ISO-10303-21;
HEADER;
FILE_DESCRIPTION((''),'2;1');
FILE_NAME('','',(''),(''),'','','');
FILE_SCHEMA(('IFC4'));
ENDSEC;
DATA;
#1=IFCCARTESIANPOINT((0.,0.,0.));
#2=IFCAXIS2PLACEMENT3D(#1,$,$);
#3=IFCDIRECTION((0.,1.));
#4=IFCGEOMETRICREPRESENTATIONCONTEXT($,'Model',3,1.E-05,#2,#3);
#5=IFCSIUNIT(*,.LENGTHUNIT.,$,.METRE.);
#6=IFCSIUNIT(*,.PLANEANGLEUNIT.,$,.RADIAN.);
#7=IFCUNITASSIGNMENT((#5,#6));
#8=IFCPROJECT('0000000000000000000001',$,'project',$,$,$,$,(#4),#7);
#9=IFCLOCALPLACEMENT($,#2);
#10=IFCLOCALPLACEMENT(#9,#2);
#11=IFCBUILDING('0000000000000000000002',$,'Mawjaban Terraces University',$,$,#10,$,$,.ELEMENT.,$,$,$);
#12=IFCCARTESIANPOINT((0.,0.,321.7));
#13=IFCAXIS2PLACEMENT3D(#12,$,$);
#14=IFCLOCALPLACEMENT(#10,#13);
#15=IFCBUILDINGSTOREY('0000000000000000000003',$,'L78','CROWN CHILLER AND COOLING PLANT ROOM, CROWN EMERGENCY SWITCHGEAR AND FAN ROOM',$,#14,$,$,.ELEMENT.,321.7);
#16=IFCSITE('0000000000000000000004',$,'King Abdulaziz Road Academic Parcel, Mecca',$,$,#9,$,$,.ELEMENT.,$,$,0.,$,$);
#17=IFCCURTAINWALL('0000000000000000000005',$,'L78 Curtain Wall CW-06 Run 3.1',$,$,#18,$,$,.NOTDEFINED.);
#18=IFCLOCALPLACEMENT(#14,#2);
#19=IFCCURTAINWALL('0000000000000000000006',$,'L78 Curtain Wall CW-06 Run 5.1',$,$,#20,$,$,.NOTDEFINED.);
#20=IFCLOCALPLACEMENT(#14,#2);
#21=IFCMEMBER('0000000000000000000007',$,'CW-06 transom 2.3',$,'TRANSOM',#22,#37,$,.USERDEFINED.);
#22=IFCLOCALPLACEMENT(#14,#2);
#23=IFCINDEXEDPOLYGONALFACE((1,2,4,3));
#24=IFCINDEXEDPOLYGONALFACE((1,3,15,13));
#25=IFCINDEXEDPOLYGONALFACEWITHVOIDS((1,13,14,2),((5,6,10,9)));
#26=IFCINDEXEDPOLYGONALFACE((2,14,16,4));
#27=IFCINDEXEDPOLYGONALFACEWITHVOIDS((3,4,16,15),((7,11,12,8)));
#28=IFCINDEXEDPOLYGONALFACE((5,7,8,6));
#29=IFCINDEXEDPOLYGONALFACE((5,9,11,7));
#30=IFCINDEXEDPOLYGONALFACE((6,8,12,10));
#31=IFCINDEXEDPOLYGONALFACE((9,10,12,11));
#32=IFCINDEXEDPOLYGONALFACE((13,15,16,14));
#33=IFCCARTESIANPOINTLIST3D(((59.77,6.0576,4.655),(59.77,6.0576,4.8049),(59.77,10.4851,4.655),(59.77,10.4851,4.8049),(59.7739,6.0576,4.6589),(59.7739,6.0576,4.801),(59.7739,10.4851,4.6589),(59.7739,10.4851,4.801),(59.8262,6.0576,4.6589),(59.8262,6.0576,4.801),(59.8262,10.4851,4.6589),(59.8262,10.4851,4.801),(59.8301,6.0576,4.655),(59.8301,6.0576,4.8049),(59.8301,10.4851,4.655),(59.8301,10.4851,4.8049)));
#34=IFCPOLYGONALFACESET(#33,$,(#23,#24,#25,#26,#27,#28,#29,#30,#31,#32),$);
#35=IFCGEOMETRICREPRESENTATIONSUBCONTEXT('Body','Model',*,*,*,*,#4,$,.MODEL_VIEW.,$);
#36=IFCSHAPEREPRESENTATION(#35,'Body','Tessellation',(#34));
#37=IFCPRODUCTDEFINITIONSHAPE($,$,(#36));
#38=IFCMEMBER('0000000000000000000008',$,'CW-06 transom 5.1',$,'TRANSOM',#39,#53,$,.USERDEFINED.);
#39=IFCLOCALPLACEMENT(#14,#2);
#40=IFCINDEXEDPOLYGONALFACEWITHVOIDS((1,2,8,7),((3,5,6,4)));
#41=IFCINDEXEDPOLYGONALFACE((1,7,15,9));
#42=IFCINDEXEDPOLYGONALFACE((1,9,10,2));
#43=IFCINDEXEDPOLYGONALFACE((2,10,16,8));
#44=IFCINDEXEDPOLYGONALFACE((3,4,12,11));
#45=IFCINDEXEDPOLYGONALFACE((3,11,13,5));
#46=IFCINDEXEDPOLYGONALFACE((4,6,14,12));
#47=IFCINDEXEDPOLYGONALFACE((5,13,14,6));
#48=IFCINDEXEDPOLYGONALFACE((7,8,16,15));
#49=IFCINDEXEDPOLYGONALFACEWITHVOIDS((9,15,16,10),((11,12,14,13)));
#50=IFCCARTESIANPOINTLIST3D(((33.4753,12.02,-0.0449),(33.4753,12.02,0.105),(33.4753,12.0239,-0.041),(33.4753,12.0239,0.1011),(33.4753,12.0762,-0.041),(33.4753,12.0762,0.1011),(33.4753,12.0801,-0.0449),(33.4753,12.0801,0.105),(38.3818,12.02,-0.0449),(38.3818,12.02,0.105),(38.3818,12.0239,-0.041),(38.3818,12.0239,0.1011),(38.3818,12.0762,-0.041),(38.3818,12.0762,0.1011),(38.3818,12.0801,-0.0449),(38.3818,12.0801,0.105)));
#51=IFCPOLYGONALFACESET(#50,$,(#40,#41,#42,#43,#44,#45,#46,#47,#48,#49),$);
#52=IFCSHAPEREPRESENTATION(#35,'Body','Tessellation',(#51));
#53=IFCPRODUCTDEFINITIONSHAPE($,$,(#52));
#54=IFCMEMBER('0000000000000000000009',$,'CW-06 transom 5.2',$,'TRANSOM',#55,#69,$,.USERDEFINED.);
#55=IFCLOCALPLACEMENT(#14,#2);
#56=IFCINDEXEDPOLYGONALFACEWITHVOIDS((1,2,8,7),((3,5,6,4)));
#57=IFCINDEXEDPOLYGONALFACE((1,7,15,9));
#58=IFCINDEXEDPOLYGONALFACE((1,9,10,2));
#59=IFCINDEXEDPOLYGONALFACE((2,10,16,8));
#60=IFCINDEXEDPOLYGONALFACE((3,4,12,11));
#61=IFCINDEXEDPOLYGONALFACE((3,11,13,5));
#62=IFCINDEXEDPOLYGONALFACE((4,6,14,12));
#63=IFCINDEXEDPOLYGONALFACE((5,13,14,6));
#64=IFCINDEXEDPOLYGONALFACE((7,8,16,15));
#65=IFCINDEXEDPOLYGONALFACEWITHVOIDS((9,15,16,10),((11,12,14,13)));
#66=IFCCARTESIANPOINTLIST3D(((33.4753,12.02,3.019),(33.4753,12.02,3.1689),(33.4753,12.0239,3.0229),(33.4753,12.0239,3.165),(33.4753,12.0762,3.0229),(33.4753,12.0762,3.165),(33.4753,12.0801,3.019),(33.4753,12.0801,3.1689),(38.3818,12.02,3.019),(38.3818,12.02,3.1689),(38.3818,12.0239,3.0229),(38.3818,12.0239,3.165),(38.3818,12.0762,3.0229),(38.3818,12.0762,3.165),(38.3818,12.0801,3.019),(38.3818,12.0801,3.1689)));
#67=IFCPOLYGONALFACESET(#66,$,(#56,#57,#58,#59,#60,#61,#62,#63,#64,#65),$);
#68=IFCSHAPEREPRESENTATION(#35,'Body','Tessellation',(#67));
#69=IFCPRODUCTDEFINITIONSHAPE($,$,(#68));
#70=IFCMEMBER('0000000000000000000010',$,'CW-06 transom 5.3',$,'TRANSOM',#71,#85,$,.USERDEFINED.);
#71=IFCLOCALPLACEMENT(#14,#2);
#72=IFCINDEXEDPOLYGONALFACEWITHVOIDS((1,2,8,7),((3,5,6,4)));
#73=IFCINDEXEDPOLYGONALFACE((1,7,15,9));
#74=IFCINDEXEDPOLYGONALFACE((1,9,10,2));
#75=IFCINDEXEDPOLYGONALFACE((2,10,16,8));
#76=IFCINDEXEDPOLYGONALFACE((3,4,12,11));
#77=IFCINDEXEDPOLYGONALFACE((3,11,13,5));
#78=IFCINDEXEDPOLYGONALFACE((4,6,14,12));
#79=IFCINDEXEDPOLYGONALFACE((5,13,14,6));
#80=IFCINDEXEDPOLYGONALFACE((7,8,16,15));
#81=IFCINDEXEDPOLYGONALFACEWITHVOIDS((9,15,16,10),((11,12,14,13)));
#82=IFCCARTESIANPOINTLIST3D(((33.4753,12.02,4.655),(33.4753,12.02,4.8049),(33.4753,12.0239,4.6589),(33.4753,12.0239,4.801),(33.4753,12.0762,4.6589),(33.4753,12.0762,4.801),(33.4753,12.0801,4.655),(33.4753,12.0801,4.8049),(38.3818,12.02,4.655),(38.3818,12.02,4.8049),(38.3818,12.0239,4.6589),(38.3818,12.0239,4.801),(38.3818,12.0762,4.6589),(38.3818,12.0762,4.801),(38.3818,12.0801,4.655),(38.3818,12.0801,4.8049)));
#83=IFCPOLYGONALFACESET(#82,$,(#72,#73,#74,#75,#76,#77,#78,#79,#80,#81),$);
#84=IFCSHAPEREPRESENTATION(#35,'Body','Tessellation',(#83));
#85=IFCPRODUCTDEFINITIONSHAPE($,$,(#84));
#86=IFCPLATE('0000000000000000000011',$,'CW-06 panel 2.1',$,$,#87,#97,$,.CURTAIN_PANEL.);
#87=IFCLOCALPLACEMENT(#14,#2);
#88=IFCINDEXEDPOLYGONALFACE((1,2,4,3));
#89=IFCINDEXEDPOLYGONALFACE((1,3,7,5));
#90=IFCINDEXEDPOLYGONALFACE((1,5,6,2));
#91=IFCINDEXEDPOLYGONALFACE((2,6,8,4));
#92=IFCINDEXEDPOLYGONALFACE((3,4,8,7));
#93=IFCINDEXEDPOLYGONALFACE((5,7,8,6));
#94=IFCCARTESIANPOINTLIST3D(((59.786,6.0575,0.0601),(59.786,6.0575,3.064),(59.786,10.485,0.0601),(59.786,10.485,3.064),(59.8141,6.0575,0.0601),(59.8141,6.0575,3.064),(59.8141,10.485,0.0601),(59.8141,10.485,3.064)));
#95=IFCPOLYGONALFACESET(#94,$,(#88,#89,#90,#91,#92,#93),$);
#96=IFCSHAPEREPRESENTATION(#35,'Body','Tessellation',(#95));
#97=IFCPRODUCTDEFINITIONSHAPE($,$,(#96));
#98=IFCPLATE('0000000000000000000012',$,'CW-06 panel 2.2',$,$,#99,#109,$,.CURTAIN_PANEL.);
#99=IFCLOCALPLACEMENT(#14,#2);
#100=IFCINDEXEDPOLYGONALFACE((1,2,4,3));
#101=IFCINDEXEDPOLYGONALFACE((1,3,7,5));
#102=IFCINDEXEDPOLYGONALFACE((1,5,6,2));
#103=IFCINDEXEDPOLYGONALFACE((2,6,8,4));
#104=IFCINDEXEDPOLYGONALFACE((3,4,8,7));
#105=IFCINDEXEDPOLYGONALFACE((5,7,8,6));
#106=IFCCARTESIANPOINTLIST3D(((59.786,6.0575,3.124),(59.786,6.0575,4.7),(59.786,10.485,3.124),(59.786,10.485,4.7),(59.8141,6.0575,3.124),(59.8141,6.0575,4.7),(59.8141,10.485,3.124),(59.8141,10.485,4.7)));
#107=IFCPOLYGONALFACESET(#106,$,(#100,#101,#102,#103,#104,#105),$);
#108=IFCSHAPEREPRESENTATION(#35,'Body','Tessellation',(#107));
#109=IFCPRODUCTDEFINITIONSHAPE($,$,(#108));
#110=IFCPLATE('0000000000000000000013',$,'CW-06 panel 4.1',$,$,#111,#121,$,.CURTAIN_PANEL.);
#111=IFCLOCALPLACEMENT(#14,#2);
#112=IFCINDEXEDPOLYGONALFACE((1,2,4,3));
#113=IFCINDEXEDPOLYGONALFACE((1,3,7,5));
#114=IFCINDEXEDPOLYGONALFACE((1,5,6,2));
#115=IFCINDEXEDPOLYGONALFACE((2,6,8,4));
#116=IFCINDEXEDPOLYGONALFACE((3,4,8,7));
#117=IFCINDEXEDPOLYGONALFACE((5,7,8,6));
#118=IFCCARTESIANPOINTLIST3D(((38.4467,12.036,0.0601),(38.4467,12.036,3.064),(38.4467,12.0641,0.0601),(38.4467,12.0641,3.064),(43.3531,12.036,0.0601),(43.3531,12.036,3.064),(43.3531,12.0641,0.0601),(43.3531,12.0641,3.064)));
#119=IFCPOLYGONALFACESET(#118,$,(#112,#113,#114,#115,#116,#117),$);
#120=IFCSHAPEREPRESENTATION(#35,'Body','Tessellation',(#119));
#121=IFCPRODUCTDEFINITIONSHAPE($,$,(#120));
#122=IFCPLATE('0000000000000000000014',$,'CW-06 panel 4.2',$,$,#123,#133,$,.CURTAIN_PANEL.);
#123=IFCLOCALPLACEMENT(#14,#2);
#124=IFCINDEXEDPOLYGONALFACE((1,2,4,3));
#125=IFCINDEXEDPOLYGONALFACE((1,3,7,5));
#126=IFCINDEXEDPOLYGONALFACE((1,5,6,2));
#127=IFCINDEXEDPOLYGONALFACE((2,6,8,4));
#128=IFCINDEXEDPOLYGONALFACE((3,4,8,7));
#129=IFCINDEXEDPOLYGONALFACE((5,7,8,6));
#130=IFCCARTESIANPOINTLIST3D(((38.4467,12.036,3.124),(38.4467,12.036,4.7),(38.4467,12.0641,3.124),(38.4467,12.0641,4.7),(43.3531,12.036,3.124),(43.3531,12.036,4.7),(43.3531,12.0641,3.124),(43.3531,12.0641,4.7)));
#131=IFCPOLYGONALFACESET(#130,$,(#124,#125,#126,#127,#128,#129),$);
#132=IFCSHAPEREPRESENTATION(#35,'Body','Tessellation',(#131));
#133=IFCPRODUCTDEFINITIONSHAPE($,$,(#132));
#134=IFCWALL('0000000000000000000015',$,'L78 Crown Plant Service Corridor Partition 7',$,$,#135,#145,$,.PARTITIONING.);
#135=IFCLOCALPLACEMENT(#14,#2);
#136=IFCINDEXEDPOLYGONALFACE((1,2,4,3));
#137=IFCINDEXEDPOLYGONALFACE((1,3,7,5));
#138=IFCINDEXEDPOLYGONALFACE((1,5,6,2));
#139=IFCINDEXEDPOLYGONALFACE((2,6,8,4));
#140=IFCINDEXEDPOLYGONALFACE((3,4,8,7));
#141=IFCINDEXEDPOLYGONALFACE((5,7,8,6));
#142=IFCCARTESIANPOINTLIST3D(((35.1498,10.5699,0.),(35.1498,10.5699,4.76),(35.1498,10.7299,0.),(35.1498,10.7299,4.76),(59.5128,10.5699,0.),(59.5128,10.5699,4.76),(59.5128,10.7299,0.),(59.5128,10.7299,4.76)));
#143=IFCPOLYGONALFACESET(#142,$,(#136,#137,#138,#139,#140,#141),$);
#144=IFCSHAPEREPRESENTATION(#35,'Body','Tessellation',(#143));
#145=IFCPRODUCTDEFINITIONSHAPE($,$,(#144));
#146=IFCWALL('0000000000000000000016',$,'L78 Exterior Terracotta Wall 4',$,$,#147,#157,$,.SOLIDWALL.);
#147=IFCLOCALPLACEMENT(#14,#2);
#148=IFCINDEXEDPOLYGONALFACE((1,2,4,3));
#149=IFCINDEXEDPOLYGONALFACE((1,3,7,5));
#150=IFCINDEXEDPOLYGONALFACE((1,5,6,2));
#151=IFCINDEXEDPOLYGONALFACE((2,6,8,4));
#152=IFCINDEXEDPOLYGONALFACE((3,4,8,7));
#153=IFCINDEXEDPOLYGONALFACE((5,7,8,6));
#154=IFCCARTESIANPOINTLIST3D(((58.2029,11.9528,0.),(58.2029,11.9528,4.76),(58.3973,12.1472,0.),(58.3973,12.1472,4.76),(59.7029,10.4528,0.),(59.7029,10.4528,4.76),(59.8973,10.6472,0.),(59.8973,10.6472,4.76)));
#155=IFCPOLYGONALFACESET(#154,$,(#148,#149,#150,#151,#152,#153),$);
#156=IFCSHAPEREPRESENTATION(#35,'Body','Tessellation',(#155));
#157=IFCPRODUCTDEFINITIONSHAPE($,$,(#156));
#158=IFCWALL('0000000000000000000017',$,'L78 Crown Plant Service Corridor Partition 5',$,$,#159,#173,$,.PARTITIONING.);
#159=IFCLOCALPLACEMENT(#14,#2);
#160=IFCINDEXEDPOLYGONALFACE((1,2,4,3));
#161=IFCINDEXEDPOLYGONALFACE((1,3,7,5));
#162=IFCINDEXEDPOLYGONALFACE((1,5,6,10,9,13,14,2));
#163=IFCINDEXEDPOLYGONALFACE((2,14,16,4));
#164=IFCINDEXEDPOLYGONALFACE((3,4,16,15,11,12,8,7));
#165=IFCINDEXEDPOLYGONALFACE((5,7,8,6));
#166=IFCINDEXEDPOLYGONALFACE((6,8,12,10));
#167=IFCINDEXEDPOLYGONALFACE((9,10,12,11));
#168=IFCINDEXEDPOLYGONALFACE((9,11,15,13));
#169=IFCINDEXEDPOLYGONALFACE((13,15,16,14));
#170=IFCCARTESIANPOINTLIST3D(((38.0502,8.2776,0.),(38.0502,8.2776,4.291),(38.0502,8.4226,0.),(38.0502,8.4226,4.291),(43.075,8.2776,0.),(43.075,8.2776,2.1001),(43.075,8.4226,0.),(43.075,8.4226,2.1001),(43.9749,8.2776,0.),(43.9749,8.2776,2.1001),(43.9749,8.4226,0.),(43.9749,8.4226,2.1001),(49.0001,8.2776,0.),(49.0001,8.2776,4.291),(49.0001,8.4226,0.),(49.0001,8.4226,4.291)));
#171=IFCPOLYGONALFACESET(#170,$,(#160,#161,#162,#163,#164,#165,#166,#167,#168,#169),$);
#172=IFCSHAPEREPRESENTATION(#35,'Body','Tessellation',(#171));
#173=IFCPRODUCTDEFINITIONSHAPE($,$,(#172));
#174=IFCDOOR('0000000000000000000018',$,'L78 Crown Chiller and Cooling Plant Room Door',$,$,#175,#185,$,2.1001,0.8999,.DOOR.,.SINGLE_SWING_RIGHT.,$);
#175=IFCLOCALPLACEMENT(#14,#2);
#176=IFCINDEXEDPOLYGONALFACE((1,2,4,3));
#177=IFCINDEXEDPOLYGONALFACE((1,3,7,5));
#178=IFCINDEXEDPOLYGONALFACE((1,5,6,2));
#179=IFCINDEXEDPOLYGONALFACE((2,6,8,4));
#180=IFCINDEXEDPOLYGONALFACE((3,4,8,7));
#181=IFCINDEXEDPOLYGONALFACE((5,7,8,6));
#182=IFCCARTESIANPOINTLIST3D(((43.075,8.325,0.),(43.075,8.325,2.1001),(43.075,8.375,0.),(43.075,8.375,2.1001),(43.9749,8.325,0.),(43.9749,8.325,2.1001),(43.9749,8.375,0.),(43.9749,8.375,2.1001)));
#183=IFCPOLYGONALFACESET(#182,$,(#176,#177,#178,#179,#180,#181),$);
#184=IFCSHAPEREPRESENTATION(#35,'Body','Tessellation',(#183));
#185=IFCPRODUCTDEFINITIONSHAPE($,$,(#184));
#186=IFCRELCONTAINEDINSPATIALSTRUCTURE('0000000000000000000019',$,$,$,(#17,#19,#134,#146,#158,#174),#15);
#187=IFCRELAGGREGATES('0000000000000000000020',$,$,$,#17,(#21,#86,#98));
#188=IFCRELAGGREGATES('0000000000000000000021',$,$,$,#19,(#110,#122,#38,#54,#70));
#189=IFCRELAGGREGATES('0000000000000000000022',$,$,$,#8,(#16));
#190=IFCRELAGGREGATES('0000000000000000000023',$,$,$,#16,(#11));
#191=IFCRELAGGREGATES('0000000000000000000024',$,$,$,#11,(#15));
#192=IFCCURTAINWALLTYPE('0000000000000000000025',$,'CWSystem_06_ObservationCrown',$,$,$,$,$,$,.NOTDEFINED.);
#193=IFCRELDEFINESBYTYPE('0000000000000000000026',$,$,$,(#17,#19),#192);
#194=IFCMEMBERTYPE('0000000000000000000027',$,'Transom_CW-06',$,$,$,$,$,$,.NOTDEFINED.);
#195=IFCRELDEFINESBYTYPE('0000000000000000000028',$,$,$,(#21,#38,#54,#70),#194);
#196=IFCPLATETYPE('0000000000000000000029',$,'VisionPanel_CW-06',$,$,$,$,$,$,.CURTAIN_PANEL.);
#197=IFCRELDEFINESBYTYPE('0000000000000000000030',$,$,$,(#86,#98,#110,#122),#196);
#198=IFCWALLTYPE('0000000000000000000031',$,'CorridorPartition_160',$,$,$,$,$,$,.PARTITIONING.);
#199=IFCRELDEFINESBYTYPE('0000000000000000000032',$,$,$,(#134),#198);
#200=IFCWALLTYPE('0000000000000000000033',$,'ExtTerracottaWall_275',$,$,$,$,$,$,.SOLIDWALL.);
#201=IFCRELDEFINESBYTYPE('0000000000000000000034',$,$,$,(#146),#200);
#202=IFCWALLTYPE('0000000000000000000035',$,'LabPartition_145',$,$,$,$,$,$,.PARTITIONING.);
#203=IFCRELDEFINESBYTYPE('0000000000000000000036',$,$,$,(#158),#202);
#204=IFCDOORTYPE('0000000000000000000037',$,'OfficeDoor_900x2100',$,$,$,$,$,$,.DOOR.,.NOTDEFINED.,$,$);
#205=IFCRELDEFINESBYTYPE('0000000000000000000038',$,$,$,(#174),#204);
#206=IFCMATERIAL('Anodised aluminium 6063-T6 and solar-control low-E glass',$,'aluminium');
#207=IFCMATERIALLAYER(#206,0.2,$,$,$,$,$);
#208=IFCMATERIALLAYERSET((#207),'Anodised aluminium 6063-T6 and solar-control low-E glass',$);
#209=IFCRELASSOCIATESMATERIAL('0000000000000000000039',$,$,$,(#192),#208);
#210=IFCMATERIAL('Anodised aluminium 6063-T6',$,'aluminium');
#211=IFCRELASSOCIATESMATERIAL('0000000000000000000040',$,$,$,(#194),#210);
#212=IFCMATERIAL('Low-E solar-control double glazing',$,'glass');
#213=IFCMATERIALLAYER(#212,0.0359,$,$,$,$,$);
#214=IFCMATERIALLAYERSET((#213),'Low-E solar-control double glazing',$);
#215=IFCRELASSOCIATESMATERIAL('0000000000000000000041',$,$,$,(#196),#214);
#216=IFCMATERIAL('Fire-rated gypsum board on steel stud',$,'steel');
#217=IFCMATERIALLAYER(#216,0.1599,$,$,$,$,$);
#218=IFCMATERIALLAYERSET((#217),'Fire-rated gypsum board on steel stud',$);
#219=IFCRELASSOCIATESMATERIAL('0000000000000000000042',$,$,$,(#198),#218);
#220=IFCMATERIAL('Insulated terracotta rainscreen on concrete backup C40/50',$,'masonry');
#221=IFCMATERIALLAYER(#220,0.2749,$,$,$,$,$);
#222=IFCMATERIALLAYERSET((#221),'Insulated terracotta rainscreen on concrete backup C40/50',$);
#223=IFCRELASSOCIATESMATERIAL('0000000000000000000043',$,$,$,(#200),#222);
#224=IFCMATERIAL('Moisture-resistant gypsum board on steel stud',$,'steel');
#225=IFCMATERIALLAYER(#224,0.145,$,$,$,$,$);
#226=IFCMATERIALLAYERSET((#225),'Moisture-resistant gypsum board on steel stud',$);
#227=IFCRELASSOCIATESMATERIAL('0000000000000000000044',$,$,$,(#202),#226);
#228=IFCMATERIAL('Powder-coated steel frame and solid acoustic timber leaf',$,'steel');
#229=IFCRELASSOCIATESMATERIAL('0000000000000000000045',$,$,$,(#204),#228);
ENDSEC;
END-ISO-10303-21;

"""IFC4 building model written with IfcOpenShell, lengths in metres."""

from ifc_helpers import new_model, si_unit, direction, frame, frame_2d, origin, origin_2d, place, context, subcontext, project, spatial, rectangle, hollow_rectangle, extrude, material, layer, layer_set, material_profile, profile_set, type_object, element, fill, aggregate, save


model = new_model("IFC4")

# Units and contexts
model_context = context("Model", 3, precision=1e-05, world=origin(), true_north=direction((0.0, 1.0)))
body_context = subcontext(model_context, "Body", "Model", "MODEL_VIEW")
ifc_project = project(units=[si_unit("LENGTHUNIT", "METRE"), si_unit("PLANEANGLEUNIT", "RADIAN")], contexts=[model_context])

# Site, building, storey
site_placement = place(None, origin())
site = spatial("IfcSite", under=ifc_project, at=site_placement, Name="King Abdulaziz Road Academic Parcel, Mecca", CompositionType="ELEMENT", RefElevation=0.0)
building_placement = place(site_placement, origin())
building = spatial("IfcBuilding", under=site, at=building_placement, Name="Mawjaban Terraces University", CompositionType="ELEMENT")
storey_placement = place(building_placement, frame((0.0, 0.0, 321.7)))
storey = spatial("IfcBuildingStorey", under=building, at=storey_placement, Name="L78", Description="CROWN CHILLER AND COOLING PLANT ROOM, CROWN EMERGENCY SWITCHGEAR AND FAN ROOM", CompositionType="ELEMENT", Elevation=321.7)

# Curtain wall
ifc_material_1 = material(Name="Anodised aluminium 6063-T6 and solar-control low-E glass", Category="aluminium")
ifc_layer_1 = layer(ifc_material_1, 0.2)
ifc_layer_set_1 = layer_set([ifc_layer_1], Name="Anodised aluminium 6063-T6 and solar-control low-E glass")
curtain_wall_type = type_object("IfcCurtainWallType", Name="CWSystem_06_ObservationCrown", PredefinedType="NOTDEFINED", material=ifc_layer_set_1)
curtain_wall_1_placement = place(storey_placement, origin())
curtain_wall_1 = element("IfcCurtainWall", 1, at=curtain_wall_1_placement, inside=storey, type_object=curtain_wall_type, Name="L78 Curtain Wall CW-06 Run 3.1", PredefinedType="NOTDEFINED")
ifc_material_2 = material(Name="Anodised aluminium 6063-T6", Category="aluminium")

# Curtain wall
curtain_wall_2_placement = place(storey_placement, origin())
curtain_wall_2 = element("IfcCurtainWall", 2, at=curtain_wall_2_placement, inside=storey, type_object=curtain_wall_type, Name="L78 Curtain Wall CW-06 Run 5.1", PredefinedType="NOTDEFINED")

# Members
ifc_material_profile_1 = material_profile(ifc_material_2, hollow_rectangle(XDim=0.0601, YDim=0.1499, WallThickness=0.0039, at=origin_2d()), Name="ALU150X60X4")
ifc_profile_set_1 = profile_set([ifc_material_profile_1], Name="Anodised aluminium 6063-T6")
member_type_1 = type_object("IfcMemberType", Name="Transom_CW-06", PredefinedType="NOTDEFINED", material=ifc_profile_set_1)
member_1_placement = place(storey_placement, frame((59.8, 6.0576, 4.73), z_axis=(0.0, 1.0, 0.0), x_axis=(-1.0, 0.0, 0.0)))
member_1 = element("IfcMember", 3, at=member_1_placement, type_object=member_type_1, Name="CW-06 transom 2.3", ObjectType="TRANSOM", PredefinedType="USERDEFINED", context=body_context, shape_type="SweptSolid", body=[
    extrude(hollow_rectangle(XDim=0.0601, YDim=0.1499, WallThickness=0.0039, at=origin_2d()), origin(), (0.0, 0.0, 1.0), 4.4275),
])
member_2_placement = place(storey_placement, frame((38.3818, 12.05, 0.03), z_axis=(-1.0, 0.0, 0.0), x_axis=(0.0, -1.0, 0.0)))
member_2 = element("IfcMember", 4, at=member_2_placement, type_object=member_type_1, Name="CW-06 transom 5.1", ObjectType="TRANSOM", PredefinedType="USERDEFINED", context=body_context, shape_type="SweptSolid", body=[
    extrude(hollow_rectangle(XDim=0.0601, YDim=0.1499, WallThickness=0.0039, at=origin_2d()), origin(), (0.0, 0.0, 1.0), 4.9065),
])
member_3_placement = place(storey_placement, frame((38.3818, 12.05, 3.094), z_axis=(-1.0, 0.0, 0.0), x_axis=(0.0, -1.0, 0.0)))
member_3 = element("IfcMember", 5, at=member_3_placement, type_object=member_type_1, Name="CW-06 transom 5.2", ObjectType="TRANSOM", PredefinedType="USERDEFINED", context=body_context, shape_type="SweptSolid", body=[
    extrude(hollow_rectangle(XDim=0.0601, YDim=0.1499, WallThickness=0.0039, at=origin_2d()), origin(), (0.0, 0.0, 1.0), 4.9065),
])
member_4_placement = place(storey_placement, frame((38.3818, 12.05, 4.73), z_axis=(-1.0, 0.0, 0.0), x_axis=(0.0, -1.0, 0.0)))
member_4 = element("IfcMember", 6, at=member_4_placement, type_object=member_type_1, Name="CW-06 transom 5.3", ObjectType="TRANSOM", PredefinedType="USERDEFINED", context=body_context, shape_type="SweptSolid", body=[
    extrude(hollow_rectangle(XDim=0.0601, YDim=0.1499, WallThickness=0.0039, at=origin_2d()), origin(), (0.0, 0.0, 1.0), 4.9065),
])

# Plates
ifc_material_3 = material(Name="Low-E solar-control double glazing", Category="glass")
ifc_layer_2 = layer(ifc_material_3, 0.0359)
ifc_layer_set_2 = layer_set([ifc_layer_2], Name="Low-E solar-control double glazing")
plate_type = type_object("IfcPlateType", Name="VisionPanel_CW-06", PredefinedType="CURTAIN_PANEL", material=ifc_layer_set_2)
plate_1_placement = place(storey_placement, frame((59.8, 8.2712, 0.0601), z_axis=(0.0, 0.0, 1.0), x_axis=(0.0, 1.0, 0.0)))
plate_1 = element("IfcPlate", 7, at=plate_1_placement, type_object=plate_type, Name="CW-06 panel 2.1", PredefinedType="CURTAIN_PANEL", context=body_context, shape_type="SweptSolid", body=[
    extrude(rectangle(XDim=4.4275, YDim=0.0281, at=origin_2d()), origin(), (0.0, 0.0, 1.0), 3.0039),
])
plate_2_placement = place(storey_placement, frame((59.8, 8.2712, 3.124), z_axis=(0.0, 0.0, 1.0), x_axis=(0.0, 1.0, 0.0)))
plate_2 = element("IfcPlate", 8, at=plate_2_placement, type_object=plate_type, Name="CW-06 panel 2.2", PredefinedType="CURTAIN_PANEL", context=body_context, shape_type="SweptSolid", body=[
    extrude(rectangle(XDim=4.4275, YDim=0.0281, at=origin_2d()), origin(), (0.0, 0.0, 1.0), 1.5759),
])
aggregate(curtain_wall_1, [member_1, plate_1, plate_2])
plate_3_placement = place(storey_placement, frame((40.8999, 12.05, 0.0601), z_axis=(0.0, 0.0, 1.0), x_axis=(-1.0, 0.0, 0.0)))
plate_3 = element("IfcPlate", 9, at=plate_3_placement, type_object=plate_type, Name="CW-06 panel 4.1", PredefinedType="CURTAIN_PANEL", context=body_context, shape_type="SweptSolid", body=[
    extrude(rectangle(XDim=4.9065, YDim=0.0281, at=origin_2d()), origin(), (0.0, 0.0, 1.0), 3.0039),
])
plate_4_placement = place(storey_placement, frame((40.8999, 12.05, 3.124), z_axis=(0.0, 0.0, 1.0), x_axis=(-1.0, 0.0, 0.0)))
plate_4 = element("IfcPlate", 10, at=plate_4_placement, type_object=plate_type, Name="CW-06 panel 4.2", PredefinedType="CURTAIN_PANEL", context=body_context, shape_type="SweptSolid", body=[
    extrude(rectangle(XDim=4.9065, YDim=0.0281, at=origin_2d()), origin(), (0.0, 0.0, 1.0), 1.5759),
])
aggregate(curtain_wall_2, [plate_3, plate_4, member_2, member_3, member_4])

# Walls
ifc_material_4 = material(Name="Fire-rated gypsum board on steel stud", Category="steel")
ifc_layer_3 = layer(ifc_material_4, 0.1599)
ifc_layer_set_3 = layer_set([ifc_layer_3], Name="Fire-rated gypsum board on steel stud")
wall_type_1 = type_object("IfcWallType", Name="CorridorPartition_160", PredefinedType="PARTITIONING", material=ifc_layer_set_3)
wall_1_placement = place(storey_placement, frame((59.5129, 10.6499, 0.0), z_axis=(0.0, 0.0, 1.0), x_axis=(-1.0, 0.0, 0.0)))
element("IfcWall", 11, at=wall_1_placement, inside=storey, type_object=wall_type_1, Name="L78 Crown Plant Service Corridor Partition 7", PredefinedType="PARTITIONING", context=body_context, shape_type="SweptSolid", body=[
    extrude(rectangle(XDim=24.363, YDim=0.1599, at=frame_2d((12.1816, 0.0))), origin(), (0.0, 0.0, 1.0), 4.76),
])
ifc_material_5 = material(Name="Insulated terracotta rainscreen on concrete backup C40/50", Category="masonry")
ifc_layer_4 = layer(ifc_material_5, 0.2749)
ifc_layer_set_4 = layer_set([ifc_layer_4], Name="Insulated terracotta rainscreen on concrete backup C40/50")
wall_type_2 = type_object("IfcWallType", Name="ExtTerracottaWall_275", PredefinedType="SOLIDWALL", material=ifc_layer_set_4)
wall_2_placement = place(storey_placement, frame((59.8, 10.55, 0.0), z_axis=(0.0, 0.0, 1.0), x_axis=(-0.707107, 0.707107, 0.0)))
element("IfcWall", 12, at=wall_2_placement, inside=storey, type_object=wall_type_2, Name="L78 Exterior Terracotta Wall 4", PredefinedType="SOLIDWALL", context=body_context, shape_type="SweptSolid", body=[
    extrude(rectangle(XDim=2.1213, YDim=0.2749, at=frame_2d((1.0605, 0.0))), origin(), (0.0, 0.0, 1.0), 4.76),
])

# Wall, opening, door
ifc_material_6 = material(Name="Moisture-resistant gypsum board on steel stud", Category="steel")
ifc_layer_5 = layer(ifc_material_6, 0.145)
ifc_layer_set_5 = layer_set([ifc_layer_5], Name="Moisture-resistant gypsum board on steel stud")
wall_type_3 = type_object("IfcWallType", Name="LabPartition_145", PredefinedType="PARTITIONING", material=ifc_layer_set_5)
wall_3_placement = place(storey_placement, frame((38.05, 8.3501, 0.0), z_axis=(0.0, 0.0, 1.0), x_axis=(1.0, 0.0, 0.0)))
wall_3 = element("IfcWall", 13, at=wall_3_placement, inside=storey, type_object=wall_type_3, Name="L78 Crown Plant Service Corridor Partition 5", PredefinedType="PARTITIONING", context=body_context, shape_type="SweptSolid", body=[
    extrude(rectangle(XDim=10.95, YDim=0.145, at=frame_2d((5.4751, 0.0))), origin(), (0.0, 0.0, 1.0), 4.291),
])
opening_1_placement = place(wall_3_placement, frame((5.0249, 0.0, 0.0)))
opening_1 = element("IfcOpeningElement", 14, at=opening_1_placement, cuts=wall_3, PredefinedType="OPENING", context=body_context, shape_type="SweptSolid", body=[
    extrude(rectangle(XDim=0.8999, YDim=2.1001, at=frame_2d((0.45, 1.05))), frame((0.0, 0.0825, 0.0), z_axis=(0.0, -1.0, 0.0), x_axis=(1.0, 0.0, 0.0)), (0.0, 0.0, 1.0), 0.165),
])
ifc_material_7 = material(Name="Powder-coated steel frame and solid acoustic timber leaf", Category="steel")
door_type = type_object("IfcDoorType", Name="OfficeDoor_900x2100", OperationType="NOTDEFINED", PredefinedType="DOOR", material=ifc_material_7)
door_1_placement = place(opening_1_placement, origin())
door_1 = element("IfcDoor", 15, at=door_1_placement, inside=storey, type_object=door_type, Name="L78 Crown Chiller and Cooling Plant Room Door", OperationType="SINGLE_SWING_RIGHT", OverallHeight=2.1001, OverallWidth=0.8999, PredefinedType="DOOR", context=body_context, shape_type="SweptSolid", body=[
    extrude(rectangle(XDim=0.8999, YDim=2.1001, at=frame_2d((0.45, 1.05))), frame((0.0, 0.0249, 0.0), z_axis=(0.0, -1.0, 0.0), x_axis=(1.0, 0.0, 0.0)), (0.0, 0.0, 1.0), 0.05),
])
fill(opening_1, door_1)

save(model, "model.ifc")
